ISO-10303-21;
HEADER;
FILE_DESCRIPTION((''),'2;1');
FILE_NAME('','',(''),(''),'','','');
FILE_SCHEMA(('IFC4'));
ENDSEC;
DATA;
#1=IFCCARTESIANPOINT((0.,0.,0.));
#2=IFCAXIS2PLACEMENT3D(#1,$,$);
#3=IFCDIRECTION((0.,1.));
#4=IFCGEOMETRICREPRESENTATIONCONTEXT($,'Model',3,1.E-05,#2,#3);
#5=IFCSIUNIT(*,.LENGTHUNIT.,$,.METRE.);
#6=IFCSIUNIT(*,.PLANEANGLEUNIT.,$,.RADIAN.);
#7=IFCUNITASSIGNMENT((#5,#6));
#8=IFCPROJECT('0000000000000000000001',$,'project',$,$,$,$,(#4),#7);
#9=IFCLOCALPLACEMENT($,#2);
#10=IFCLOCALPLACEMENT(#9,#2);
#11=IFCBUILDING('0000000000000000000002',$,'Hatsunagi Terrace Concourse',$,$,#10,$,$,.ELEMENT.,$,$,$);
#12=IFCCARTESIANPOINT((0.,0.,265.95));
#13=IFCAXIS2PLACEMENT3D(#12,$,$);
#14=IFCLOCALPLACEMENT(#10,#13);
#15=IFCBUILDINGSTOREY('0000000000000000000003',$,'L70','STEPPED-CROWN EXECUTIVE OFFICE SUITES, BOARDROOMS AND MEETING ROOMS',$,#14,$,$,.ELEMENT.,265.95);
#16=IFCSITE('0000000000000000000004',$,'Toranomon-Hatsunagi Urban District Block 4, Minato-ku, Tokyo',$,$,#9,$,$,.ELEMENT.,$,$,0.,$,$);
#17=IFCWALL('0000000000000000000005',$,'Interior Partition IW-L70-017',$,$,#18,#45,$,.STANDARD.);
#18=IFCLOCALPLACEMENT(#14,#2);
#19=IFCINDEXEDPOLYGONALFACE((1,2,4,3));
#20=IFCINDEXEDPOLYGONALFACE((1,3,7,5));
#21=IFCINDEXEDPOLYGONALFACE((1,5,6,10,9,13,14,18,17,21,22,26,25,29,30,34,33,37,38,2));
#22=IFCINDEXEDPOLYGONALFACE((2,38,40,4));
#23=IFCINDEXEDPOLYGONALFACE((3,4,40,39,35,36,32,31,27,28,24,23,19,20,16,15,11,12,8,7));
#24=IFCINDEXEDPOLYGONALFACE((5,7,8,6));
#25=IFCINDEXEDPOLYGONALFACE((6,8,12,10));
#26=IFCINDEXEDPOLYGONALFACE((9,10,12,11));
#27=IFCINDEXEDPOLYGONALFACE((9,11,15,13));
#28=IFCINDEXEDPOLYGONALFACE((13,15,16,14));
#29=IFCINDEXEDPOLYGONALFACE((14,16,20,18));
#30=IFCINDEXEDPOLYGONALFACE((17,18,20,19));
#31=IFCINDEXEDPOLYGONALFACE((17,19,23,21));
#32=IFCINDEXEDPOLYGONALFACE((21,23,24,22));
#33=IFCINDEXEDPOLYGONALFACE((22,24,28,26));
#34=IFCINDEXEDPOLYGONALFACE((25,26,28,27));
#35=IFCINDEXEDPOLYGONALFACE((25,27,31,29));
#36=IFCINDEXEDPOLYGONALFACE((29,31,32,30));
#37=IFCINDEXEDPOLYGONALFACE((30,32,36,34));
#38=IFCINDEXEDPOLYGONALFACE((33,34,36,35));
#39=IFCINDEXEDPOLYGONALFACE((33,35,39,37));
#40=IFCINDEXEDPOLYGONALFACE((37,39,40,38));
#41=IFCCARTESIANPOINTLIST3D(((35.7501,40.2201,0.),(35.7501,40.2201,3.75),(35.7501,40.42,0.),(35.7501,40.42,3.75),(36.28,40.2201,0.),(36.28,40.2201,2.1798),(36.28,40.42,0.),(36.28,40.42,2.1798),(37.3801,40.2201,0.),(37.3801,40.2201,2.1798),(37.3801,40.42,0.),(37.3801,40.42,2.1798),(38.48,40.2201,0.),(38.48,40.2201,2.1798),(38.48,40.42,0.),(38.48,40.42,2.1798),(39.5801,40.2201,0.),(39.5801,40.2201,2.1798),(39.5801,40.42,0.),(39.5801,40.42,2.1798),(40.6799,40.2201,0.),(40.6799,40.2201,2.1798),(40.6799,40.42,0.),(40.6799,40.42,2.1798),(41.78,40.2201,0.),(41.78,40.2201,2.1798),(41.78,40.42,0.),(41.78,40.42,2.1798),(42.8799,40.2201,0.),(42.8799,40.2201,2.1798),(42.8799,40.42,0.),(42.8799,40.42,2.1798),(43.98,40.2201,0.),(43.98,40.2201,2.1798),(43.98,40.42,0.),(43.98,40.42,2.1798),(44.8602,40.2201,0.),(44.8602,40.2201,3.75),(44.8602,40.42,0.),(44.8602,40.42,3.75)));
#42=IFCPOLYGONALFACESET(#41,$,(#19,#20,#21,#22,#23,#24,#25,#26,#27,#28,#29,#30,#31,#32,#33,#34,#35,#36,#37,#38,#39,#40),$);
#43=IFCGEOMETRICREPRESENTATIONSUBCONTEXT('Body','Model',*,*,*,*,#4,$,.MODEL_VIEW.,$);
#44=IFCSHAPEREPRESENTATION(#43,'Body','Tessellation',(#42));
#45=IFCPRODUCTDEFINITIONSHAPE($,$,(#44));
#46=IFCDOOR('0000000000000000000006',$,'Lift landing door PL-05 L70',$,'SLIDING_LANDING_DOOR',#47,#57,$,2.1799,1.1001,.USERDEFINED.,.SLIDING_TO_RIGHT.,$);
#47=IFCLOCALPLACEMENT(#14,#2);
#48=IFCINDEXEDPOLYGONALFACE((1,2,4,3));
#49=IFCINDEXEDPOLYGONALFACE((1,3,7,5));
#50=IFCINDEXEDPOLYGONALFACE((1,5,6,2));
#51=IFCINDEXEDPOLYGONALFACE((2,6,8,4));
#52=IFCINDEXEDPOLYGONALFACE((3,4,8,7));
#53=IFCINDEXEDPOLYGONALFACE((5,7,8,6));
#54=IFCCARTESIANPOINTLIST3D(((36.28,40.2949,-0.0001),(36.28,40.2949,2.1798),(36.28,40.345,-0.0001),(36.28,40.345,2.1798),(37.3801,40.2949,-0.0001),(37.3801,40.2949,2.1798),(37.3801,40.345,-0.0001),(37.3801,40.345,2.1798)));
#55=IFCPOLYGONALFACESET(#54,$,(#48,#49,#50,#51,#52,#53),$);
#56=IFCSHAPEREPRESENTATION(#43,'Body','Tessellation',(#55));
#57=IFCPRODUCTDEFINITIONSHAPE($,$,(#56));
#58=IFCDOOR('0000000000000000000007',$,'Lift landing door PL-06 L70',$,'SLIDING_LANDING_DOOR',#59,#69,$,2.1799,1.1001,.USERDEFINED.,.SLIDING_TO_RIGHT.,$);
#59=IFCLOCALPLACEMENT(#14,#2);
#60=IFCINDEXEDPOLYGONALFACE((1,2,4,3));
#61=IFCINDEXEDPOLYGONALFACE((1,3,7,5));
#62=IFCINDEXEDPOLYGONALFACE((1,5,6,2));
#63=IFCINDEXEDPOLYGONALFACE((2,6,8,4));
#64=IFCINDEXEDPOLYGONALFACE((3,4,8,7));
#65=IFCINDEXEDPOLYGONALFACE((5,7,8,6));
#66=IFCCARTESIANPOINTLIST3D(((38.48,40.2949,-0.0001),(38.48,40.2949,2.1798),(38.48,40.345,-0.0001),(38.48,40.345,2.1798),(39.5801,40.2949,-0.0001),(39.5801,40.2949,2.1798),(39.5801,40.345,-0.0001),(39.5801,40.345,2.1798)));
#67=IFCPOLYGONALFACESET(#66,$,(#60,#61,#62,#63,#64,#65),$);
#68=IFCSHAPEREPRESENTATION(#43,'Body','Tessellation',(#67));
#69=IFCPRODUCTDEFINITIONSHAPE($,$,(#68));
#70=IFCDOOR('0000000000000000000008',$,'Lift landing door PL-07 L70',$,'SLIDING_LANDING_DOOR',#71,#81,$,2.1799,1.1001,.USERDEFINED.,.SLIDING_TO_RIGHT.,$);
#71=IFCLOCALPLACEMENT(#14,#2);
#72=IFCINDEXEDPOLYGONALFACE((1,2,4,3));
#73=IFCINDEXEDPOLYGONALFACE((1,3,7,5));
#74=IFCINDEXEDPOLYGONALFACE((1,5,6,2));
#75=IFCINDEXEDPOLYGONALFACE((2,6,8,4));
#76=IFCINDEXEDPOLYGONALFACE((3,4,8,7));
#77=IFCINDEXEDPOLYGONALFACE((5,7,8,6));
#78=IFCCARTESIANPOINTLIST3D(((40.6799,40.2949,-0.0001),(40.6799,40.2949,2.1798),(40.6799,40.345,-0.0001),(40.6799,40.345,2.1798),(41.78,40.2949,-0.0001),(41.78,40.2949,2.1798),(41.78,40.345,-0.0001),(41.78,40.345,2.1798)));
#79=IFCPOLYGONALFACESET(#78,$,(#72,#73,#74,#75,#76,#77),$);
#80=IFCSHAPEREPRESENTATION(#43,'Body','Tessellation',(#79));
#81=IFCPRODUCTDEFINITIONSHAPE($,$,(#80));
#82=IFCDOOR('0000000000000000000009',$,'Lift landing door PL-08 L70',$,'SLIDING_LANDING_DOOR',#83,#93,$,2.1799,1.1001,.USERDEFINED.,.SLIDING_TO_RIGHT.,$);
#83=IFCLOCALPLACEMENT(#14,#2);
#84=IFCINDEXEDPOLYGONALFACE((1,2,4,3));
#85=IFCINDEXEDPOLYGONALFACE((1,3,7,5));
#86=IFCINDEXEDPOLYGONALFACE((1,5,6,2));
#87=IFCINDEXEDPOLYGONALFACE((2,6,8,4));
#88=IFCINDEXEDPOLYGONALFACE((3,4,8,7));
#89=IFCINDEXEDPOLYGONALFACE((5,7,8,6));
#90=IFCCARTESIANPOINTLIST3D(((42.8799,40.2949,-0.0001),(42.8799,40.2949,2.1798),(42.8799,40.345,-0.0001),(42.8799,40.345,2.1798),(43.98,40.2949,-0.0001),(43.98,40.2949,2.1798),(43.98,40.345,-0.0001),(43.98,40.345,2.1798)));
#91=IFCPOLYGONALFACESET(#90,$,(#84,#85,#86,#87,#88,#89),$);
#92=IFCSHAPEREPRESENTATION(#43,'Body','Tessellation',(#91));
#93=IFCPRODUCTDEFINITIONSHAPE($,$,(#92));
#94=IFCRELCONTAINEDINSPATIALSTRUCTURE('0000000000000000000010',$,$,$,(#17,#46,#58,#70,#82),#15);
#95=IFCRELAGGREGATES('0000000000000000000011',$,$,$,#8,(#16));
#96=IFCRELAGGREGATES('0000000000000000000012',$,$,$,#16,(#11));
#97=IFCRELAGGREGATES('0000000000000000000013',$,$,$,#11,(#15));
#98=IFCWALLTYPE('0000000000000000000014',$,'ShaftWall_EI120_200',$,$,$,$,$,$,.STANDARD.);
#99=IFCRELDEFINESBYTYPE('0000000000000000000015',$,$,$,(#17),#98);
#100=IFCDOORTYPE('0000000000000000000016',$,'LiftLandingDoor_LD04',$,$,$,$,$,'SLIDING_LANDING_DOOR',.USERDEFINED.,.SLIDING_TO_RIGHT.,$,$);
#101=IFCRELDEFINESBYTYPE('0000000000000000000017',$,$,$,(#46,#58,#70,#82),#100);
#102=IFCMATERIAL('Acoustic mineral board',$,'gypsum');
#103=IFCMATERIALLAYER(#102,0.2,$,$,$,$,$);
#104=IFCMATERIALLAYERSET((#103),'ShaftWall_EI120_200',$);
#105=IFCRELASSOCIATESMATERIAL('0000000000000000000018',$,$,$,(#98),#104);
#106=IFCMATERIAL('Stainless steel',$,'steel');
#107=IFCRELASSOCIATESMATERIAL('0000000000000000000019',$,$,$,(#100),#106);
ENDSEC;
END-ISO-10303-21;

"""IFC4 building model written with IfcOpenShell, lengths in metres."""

from ifc_helpers import new_model, si_unit, direction, frame, frame_2d, origin, place, context, subcontext, project, spatial, rectangle, extrude, material, layer, layer_set, type_object, element, fill, save


model = new_model("IFC4")

# Units and contexts
model_context = context("Model", 3, precision=1e-05, world=origin(), true_north=direction((0.0, 1.0)))
body_context = subcontext(model_context, "Body", "Model", "MODEL_VIEW")
ifc_project = project(units=[si_unit("LENGTHUNIT", "METRE"), si_unit("PLANEANGLEUNIT", "RADIAN")], contexts=[model_context])

# Site, building, storey
site_placement = place(None, origin())
site = spatial("IfcSite", under=ifc_project, at=site_placement, Name="Toranomon-Hatsunagi Urban District Block 4, Minato-ku, Tokyo", CompositionType="ELEMENT", RefElevation=0.0)
building_placement = place(site_placement, origin())
building = spatial("IfcBuilding", under=site, at=building_placement, Name="Hatsunagi Terrace Concourse", CompositionType="ELEMENT")
storey_placement = place(building_placement, frame((0.0, 0.0, 265.95)))
storey = spatial("IfcBuildingStorey", under=building, at=storey_placement, Name="L70", Description="STEPPED-CROWN EXECUTIVE OFFICE SUITES, BOARDROOMS AND MEETING ROOMS", CompositionType="ELEMENT", Elevation=265.95)

# Shared definitions
ifc_material_1 = material(Name="Acoustic mineral board", Category="gypsum")
ifc_layer_1 = layer(ifc_material_1, 0.2)
ifc_layer_set_1 = layer_set([ifc_layer_1], Name="ShaftWall_EI120_200")
wall_type_1 = type_object("IfcWallType", Name="ShaftWall_EI120_200", PredefinedType="STANDARD", material=ifc_layer_set_1)

# Wall, openings, doors
wall_1_placement = place(storey_placement, frame((35.75, 40.3201, 0.0), z_axis=(0.0, 0.0, 1.0), x_axis=(1.0, 0.0, 0.0)))
wall_1 = element("IfcWall", 1, at=wall_1_placement, inside=storey, type_object=wall_type_1, Name="Interior Partition IW-L70-017", PredefinedType="STANDARD", context=body_context, shape_type="SweptSolid", body=[
    extrude(rectangle(XDim=9.1101, YDim=0.2, at=frame_2d((4.5552, 0.0))), origin(), (0.0, 0.0, 1.0), 3.75),
])
opening_1_placement = place(wall_1_placement, frame((0.53, 0.0, 0.0)))
opening_1 = element("IfcOpeningElement", 2, at=opening_1_placement, cuts=wall_1, PredefinedType="OPENING", context=body_context, shape_type="SweptSolid", body=[
    extrude(rectangle(XDim=1.1001, YDim=2.1799, at=frame_2d((0.55, 1.0898))), frame((0.0, 0.1099, 0.0), z_axis=(0.0, -1.0, 0.0), x_axis=(1.0, 0.0, 0.0)), (0.0, 0.0, 1.0), 0.22),
])
opening_2_placement = place(wall_1_placement, frame((2.73, 0.0, 0.0)))
opening_2 = element("IfcOpeningElement", 3, at=opening_2_placement, cuts=wall_1, PredefinedType="OPENING", context=body_context, shape_type="SweptSolid", body=[
    extrude(rectangle(XDim=1.1001, YDim=2.1799, at=frame_2d((0.55, 1.0898))), frame((0.0, 0.1099, 0.0), z_axis=(0.0, -1.0, 0.0), x_axis=(1.0, 0.0, 0.0)), (0.0, 0.0, 1.0), 0.22),
])
opening_3_placement = place(wall_1_placement, frame((4.9299, 0.0, 0.0)))
opening_3 = element("IfcOpeningElement", 4, at=opening_3_placement, cuts=wall_1, PredefinedType="OPENING", context=body_context, shape_type="SweptSolid", body=[
    extrude(rectangle(XDim=1.1001, YDim=2.1799, at=frame_2d((0.55, 1.0898))), frame((0.0, 0.1099, 0.0), z_axis=(0.0, -1.0, 0.0), x_axis=(1.0, 0.0, 0.0)), (0.0, 0.0, 1.0), 0.22),
])
opening_4_placement = place(wall_1_placement, frame((7.1299, 0.0, 0.0)))
opening_4 = element("IfcOpeningElement", 5, at=opening_4_placement, cuts=wall_1, PredefinedType="OPENING", context=body_context, shape_type="SweptSolid", body=[
    extrude(rectangle(XDim=1.1001, YDim=2.1799, at=frame_2d((0.55, 1.0898))), frame((0.0, 0.1099, 0.0), z_axis=(0.0, -1.0, 0.0), x_axis=(1.0, 0.0, 0.0)), (0.0, 0.0, 1.0), 0.22),
])
ifc_material_2 = material(Name="Stainless steel", Category="steel")
door_type_1 = type_object("IfcDoorType", Name="LiftLandingDoor_LD04", ElementType="SLIDING_LANDING_DOOR", OperationType="SLIDING_TO_RIGHT", PredefinedType="USERDEFINED", material=ifc_material_2)
door_1_placement = place(opening_1_placement, origin())
door_1 = element("IfcDoor", 6, at=door_1_placement, inside=storey, type_object=door_type_1, Name="Lift landing door PL-05 L70", ObjectType="SLIDING_LANDING_DOOR", OperationType="SLIDING_TO_RIGHT", OverallHeight=2.1799, OverallWidth=1.1001, PredefinedType="USERDEFINED", context=body_context, shape_type="SweptSolid", body=[
    extrude(rectangle(XDim=1.1001, YDim=2.1799, at=frame_2d((0.55, 1.0898))), frame((0.0, 0.0249, 0.0), z_axis=(0.0, -1.0, 0.0), x_axis=(1.0, 0.0, 0.0)), (0.0, 0.0, 1.0), 0.05),
])
fill(opening_1, door_1)
door_2_placement = place(opening_2_placement, origin())
door_2 = element("IfcDoor", 7, at=door_2_placement, inside=storey, type_object=door_type_1, Name="Lift landing door PL-06 L70", ObjectType="SLIDING_LANDING_DOOR", OperationType="SLIDING_TO_RIGHT", OverallHeight=2.1799, OverallWidth=1.1001, PredefinedType="USERDEFINED", context=body_context, shape_type="SweptSolid", body=[
    extrude(rectangle(XDim=1.1001, YDim=2.1799, at=frame_2d((0.55, 1.0898))), frame((0.0, 0.0249, 0.0), z_axis=(0.0, -1.0, 0.0), x_axis=(1.0, 0.0, 0.0)), (0.0, 0.0, 1.0), 0.05),
])
fill(opening_2, door_2)
door_3_placement = place(opening_3_placement, origin())
door_3 = element("IfcDoor", 8, at=door_3_placement, inside=storey, type_object=door_type_1, Name="Lift landing door PL-07 L70", ObjectType="SLIDING_LANDING_DOOR", OperationType="SLIDING_TO_RIGHT", OverallHeight=2.1799, OverallWidth=1.1001, PredefinedType="USERDEFINED", context=body_context, shape_type="SweptSolid", body=[
    extrude(rectangle(XDim=1.1001, YDim=2.1799, at=frame_2d((0.55, 1.0898))), frame((0.0, 0.0249, 0.0), z_axis=(0.0, -1.0, 0.0), x_axis=(1.0, 0.0, 0.0)), (0.0, 0.0, 1.0), 0.05),
])
fill(opening_3, door_3)
door_4_placement = place(opening_4_placement, origin())
door_4 = element("IfcDoor", 9, at=door_4_placement, inside=storey, type_object=door_type_1, Name="Lift landing door PL-08 L70", ObjectType="SLIDING_LANDING_DOOR", OperationType="SLIDING_TO_RIGHT", OverallHeight=2.1799, OverallWidth=1.1001, PredefinedType="USERDEFINED", context=body_context, shape_type="SweptSolid", body=[
    extrude(rectangle(XDim=1.1001, YDim=2.1799, at=frame_2d((0.55, 1.0898))), frame((0.0, 0.0249, 0.0), z_axis=(0.0, -1.0, 0.0), x_axis=(1.0, 0.0, 0.0)), (0.0, 0.0, 1.0), 0.05),
])
fill(opening_4, door_4)

save(model, "model.ifc")
